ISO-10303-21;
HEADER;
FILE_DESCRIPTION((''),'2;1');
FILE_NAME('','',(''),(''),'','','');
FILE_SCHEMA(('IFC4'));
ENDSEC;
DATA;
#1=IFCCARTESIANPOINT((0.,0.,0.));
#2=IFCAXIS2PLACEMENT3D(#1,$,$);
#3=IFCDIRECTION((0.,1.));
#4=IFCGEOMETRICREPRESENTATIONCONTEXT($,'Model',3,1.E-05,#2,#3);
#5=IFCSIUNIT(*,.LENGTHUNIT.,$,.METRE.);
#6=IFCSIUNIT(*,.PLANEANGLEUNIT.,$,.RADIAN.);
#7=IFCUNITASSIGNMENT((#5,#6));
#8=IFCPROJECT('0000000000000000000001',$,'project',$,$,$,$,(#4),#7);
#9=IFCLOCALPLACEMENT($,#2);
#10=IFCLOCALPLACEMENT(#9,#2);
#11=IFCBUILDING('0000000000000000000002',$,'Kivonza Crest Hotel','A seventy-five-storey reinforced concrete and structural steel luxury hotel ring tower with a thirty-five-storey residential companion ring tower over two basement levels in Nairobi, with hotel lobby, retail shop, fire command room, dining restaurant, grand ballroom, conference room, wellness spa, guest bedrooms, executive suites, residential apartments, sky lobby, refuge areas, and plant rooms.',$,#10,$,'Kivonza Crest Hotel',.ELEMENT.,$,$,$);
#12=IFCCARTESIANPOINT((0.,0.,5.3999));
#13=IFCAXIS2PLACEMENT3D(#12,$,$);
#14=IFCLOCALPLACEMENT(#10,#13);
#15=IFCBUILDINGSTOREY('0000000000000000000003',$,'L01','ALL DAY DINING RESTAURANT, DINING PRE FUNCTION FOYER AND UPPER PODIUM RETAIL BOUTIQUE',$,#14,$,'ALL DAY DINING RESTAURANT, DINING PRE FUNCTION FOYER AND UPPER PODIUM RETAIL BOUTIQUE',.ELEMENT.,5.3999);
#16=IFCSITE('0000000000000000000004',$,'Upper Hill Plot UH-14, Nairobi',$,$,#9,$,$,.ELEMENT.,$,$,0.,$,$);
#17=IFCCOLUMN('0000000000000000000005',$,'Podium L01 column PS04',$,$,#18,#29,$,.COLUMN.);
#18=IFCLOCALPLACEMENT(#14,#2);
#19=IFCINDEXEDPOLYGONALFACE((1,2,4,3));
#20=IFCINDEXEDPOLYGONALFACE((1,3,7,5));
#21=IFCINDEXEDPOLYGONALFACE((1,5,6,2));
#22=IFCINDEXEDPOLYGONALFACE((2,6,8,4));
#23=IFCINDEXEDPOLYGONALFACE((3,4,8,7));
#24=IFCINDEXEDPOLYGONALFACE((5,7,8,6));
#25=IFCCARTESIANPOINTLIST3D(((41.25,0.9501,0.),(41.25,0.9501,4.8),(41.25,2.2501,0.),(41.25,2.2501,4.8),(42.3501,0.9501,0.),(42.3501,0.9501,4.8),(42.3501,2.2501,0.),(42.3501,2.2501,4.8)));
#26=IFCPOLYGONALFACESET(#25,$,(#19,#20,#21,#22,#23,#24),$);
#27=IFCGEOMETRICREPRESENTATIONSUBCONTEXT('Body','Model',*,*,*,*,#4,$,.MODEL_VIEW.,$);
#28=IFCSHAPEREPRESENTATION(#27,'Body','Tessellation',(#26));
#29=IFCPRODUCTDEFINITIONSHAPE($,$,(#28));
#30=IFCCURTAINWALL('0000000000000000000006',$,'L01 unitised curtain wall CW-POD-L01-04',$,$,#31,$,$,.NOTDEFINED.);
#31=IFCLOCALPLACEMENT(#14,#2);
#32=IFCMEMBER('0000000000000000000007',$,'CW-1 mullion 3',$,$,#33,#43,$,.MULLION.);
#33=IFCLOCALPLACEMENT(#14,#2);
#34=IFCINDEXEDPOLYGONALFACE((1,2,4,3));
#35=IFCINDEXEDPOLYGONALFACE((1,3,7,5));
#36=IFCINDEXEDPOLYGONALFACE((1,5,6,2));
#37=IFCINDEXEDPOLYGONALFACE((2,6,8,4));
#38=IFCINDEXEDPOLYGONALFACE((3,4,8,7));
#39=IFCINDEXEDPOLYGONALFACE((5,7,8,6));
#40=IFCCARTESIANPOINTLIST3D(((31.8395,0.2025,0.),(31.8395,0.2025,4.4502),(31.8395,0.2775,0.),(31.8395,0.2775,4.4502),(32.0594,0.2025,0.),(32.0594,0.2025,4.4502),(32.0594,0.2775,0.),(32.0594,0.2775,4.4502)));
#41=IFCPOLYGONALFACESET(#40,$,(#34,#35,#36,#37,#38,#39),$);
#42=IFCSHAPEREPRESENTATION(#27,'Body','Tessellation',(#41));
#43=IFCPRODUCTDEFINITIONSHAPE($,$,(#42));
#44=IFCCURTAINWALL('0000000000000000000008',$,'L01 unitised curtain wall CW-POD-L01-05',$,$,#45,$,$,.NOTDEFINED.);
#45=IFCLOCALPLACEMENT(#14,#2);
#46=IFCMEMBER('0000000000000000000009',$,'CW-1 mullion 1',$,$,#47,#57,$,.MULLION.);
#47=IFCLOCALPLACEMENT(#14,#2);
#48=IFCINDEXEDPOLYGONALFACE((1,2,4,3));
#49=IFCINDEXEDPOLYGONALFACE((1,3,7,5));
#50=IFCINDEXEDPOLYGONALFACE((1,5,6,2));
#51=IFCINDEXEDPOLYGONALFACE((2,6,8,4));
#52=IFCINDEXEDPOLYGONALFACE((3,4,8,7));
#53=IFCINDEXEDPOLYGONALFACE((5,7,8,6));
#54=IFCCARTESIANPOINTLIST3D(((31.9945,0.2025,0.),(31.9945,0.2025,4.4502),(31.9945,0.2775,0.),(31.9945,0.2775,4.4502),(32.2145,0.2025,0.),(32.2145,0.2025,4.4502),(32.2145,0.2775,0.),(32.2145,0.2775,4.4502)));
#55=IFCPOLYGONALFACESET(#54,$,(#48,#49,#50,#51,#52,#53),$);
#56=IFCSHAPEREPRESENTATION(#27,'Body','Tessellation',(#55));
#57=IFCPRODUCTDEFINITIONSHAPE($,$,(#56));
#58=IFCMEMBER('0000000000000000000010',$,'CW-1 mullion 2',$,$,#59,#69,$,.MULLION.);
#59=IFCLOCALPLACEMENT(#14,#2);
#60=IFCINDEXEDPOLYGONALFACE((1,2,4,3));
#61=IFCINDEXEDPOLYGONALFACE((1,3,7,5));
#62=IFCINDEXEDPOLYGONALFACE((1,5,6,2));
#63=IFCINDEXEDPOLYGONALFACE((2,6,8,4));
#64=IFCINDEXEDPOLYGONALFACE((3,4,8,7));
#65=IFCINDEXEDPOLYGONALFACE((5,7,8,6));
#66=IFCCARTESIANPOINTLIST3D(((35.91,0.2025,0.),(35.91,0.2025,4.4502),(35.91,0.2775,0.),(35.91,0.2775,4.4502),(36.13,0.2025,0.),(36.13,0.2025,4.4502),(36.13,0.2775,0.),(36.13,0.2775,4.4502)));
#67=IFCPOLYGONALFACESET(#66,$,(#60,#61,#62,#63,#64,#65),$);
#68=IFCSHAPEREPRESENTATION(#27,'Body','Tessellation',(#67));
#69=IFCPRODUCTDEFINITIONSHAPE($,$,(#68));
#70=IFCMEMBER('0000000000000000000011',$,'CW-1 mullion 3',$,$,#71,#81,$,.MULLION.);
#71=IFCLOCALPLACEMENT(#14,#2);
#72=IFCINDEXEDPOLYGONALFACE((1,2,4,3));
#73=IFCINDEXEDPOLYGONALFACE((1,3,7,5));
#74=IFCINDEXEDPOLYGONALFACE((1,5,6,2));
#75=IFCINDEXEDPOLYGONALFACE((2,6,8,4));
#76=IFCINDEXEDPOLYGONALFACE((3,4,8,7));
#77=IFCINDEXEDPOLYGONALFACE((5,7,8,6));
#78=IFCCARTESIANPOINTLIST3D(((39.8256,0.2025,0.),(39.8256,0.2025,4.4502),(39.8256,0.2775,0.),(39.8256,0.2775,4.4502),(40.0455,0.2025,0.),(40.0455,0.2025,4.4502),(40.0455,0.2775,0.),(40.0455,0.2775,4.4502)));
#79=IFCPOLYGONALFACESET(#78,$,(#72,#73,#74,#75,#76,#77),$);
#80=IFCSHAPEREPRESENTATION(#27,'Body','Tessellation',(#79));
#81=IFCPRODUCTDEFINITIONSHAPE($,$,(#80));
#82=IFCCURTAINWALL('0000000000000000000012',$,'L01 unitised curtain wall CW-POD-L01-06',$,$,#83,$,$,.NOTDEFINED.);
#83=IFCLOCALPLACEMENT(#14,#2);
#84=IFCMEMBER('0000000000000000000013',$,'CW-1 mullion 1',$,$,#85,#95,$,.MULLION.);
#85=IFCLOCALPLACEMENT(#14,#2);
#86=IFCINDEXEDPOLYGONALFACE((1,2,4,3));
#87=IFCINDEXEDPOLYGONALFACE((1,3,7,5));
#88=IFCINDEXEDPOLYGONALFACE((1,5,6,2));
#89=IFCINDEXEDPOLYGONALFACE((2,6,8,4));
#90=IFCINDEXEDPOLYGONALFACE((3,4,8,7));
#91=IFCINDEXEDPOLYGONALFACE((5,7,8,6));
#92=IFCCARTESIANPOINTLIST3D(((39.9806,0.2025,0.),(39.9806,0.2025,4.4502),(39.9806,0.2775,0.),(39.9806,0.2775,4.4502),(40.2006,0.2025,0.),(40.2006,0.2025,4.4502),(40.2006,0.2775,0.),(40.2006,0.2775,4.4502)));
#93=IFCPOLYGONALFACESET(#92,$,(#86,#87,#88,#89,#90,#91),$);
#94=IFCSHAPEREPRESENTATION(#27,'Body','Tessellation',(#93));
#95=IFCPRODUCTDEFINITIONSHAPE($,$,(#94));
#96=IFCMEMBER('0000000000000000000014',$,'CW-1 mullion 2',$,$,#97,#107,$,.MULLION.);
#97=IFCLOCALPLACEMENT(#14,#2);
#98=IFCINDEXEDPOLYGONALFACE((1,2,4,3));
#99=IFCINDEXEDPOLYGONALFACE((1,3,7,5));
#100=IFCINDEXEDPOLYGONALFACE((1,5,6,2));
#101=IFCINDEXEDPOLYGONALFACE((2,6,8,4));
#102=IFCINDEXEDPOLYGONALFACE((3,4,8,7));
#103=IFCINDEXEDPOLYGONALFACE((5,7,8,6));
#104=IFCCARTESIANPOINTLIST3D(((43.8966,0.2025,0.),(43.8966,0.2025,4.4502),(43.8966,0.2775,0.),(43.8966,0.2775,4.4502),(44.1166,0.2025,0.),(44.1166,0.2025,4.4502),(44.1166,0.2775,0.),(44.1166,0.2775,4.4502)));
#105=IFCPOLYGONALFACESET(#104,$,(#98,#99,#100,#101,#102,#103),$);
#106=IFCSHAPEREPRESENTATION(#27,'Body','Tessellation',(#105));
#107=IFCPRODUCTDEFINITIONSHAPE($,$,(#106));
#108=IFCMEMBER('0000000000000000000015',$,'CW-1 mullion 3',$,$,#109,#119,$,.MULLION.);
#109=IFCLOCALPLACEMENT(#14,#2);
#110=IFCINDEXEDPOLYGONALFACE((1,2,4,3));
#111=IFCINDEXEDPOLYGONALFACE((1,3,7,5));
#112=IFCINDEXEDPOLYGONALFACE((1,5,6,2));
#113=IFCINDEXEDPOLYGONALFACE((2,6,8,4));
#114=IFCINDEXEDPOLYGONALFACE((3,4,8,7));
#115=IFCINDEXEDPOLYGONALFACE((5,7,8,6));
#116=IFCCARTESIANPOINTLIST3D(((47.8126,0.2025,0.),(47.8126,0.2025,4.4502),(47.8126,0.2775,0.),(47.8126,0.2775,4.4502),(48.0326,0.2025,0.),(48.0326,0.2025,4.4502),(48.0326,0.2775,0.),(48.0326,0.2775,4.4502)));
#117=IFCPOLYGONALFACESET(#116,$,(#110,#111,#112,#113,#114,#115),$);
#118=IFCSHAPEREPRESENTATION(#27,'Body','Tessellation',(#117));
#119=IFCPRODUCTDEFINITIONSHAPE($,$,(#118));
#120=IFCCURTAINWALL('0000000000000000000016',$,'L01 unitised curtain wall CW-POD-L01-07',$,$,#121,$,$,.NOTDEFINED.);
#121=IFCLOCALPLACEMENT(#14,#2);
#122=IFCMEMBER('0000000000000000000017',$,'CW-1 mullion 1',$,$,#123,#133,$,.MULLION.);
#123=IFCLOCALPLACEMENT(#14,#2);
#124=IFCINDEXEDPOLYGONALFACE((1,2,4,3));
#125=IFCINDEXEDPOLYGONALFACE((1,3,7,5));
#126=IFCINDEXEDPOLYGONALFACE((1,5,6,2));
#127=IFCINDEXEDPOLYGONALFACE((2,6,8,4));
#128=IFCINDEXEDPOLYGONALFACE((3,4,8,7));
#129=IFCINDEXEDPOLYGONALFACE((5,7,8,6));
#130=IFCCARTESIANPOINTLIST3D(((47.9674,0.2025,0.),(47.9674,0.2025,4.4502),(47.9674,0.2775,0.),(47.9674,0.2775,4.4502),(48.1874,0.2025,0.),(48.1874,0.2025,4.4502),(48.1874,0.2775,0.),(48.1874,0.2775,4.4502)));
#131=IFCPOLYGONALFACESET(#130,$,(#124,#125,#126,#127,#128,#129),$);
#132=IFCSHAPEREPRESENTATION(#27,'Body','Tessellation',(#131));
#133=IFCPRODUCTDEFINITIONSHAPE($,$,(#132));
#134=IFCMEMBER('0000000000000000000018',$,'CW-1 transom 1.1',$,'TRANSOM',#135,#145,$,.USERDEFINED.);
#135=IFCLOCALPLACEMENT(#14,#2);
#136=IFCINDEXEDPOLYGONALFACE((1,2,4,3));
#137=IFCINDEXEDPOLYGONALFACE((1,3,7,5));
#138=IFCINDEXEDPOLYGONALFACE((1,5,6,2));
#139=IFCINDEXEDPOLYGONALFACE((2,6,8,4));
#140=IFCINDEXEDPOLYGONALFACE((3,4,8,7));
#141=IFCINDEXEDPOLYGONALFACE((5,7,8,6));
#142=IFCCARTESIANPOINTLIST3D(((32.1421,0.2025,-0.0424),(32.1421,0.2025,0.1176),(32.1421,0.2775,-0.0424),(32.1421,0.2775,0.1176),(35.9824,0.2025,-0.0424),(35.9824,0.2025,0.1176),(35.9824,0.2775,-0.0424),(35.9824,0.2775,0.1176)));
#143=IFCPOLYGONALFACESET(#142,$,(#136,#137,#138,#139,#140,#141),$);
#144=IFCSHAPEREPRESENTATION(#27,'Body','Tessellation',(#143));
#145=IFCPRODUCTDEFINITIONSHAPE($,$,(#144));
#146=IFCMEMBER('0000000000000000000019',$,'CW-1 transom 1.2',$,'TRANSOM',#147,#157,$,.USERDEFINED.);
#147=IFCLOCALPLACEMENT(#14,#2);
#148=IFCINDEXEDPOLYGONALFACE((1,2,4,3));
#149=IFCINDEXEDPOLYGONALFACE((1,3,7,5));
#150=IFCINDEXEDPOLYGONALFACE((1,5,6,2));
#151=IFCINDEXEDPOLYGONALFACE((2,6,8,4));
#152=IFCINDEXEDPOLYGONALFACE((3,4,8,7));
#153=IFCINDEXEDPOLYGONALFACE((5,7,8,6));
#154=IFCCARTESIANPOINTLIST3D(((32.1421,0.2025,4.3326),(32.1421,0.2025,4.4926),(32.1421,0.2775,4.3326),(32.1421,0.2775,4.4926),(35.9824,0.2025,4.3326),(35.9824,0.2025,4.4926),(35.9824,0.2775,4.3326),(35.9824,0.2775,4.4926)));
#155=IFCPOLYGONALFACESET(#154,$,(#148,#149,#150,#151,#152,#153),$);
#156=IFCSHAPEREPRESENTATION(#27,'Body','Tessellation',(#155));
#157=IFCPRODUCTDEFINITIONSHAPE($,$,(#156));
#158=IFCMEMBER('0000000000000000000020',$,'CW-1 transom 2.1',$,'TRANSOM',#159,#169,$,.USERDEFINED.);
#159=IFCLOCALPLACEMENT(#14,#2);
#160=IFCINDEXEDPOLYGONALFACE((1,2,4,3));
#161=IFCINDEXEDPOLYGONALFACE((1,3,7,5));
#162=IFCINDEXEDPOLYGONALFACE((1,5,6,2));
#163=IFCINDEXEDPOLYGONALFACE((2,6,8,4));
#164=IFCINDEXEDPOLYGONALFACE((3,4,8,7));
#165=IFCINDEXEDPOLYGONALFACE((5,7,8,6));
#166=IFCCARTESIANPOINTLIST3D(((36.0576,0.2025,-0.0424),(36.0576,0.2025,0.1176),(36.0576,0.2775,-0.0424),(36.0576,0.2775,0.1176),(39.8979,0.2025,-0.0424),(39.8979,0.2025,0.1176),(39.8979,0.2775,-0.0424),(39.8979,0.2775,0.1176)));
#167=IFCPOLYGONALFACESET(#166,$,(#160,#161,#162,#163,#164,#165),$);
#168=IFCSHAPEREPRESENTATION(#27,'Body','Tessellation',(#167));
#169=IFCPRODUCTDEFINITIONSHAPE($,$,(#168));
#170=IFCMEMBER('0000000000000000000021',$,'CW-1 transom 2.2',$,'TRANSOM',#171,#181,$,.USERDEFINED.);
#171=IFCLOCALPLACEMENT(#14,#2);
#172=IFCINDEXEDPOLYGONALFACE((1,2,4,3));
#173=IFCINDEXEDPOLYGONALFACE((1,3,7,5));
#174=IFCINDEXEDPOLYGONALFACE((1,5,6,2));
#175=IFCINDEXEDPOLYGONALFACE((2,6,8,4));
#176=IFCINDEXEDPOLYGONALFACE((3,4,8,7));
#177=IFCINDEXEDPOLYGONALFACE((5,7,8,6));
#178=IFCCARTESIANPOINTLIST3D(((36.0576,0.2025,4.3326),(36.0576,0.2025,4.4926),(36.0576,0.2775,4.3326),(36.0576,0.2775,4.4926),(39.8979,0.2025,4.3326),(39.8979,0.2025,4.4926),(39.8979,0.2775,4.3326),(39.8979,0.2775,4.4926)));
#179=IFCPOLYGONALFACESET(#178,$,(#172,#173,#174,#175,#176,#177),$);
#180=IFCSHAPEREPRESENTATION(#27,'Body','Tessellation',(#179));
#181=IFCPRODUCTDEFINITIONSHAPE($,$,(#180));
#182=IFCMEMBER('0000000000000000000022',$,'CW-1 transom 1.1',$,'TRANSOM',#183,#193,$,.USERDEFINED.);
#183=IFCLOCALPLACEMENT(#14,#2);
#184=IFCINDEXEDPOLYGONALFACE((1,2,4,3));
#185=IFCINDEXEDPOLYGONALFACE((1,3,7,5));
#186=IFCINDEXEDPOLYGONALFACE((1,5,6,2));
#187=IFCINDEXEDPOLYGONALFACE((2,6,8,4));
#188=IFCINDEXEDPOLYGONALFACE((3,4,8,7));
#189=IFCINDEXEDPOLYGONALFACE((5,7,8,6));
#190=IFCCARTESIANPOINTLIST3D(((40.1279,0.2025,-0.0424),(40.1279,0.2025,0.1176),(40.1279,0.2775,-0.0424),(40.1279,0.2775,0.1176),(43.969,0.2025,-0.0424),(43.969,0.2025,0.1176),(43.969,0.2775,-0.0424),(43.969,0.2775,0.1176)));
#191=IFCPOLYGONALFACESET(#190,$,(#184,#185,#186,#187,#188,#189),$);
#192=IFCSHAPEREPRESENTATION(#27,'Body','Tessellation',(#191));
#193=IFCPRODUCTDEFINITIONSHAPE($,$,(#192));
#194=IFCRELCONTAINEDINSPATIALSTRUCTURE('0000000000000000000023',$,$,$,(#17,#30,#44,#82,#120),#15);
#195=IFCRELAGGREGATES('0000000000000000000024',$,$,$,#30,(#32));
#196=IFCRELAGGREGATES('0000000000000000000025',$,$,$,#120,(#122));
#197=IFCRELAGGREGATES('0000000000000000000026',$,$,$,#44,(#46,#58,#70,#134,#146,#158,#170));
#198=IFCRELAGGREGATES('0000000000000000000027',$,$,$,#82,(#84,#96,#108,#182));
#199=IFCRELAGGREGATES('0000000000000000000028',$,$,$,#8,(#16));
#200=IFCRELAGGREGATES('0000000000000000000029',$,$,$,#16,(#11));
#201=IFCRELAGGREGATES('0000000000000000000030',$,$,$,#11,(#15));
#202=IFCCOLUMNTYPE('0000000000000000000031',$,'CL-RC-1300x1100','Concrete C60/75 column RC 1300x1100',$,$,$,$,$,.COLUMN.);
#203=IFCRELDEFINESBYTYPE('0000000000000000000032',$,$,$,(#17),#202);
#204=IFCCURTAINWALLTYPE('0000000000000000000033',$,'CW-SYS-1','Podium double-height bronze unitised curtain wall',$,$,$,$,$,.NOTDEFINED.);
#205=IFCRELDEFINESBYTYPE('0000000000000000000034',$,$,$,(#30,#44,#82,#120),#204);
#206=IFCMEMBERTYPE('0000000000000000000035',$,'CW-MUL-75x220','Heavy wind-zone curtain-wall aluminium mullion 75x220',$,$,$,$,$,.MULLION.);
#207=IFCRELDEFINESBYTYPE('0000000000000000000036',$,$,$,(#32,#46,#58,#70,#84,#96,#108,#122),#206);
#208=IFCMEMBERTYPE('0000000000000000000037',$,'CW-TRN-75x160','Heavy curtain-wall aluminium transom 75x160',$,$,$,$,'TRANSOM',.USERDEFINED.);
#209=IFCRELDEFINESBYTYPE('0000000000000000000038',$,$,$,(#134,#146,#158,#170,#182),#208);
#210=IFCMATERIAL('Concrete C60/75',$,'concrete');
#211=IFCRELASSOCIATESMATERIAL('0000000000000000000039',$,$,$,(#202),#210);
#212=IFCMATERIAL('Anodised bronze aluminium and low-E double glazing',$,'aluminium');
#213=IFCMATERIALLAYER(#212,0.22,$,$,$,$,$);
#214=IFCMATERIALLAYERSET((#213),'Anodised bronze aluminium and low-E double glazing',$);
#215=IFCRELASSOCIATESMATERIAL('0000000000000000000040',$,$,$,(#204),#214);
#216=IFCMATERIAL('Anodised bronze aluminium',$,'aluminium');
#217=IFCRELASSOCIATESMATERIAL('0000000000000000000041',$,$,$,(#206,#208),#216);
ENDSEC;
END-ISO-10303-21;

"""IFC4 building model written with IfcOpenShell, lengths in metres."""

from ifc_helpers import new_model, si_unit, direction, frame, origin, origin_2d, place, context, subcontext, project, spatial, rectangle, extrude, material, layer, layer_set, material_profile, profile_set, type_object, element, aggregate, save


model = new_model("IFC4")

# Units and contexts
model_context = context("Model", 3, precision=1e-05, world=origin(), true_north=direction((0.0, 1.0)))
body_context = subcontext(model_context, "Body", "Model", "MODEL_VIEW")
ifc_project = project(units=[si_unit("LENGTHUNIT", "METRE"), si_unit("PLANEANGLEUNIT", "RADIAN")], contexts=[model_context])

# Site, building, storey
site_placement = place(None, origin())
site = spatial("IfcSite", under=ifc_project, at=site_placement, Name="Upper Hill Plot UH-14, Nairobi", CompositionType="ELEMENT", RefElevation=0.0)
building_placement = place(site_placement, origin())
building = spatial("IfcBuilding", under=site, at=building_placement, Name="Kivonza Crest Hotel", Description="A seventy-five-storey reinforced concrete and structural steel luxury hotel ring tower with a thirty-five-storey residential companion ring tower over two basement levels in Nairobi, with hotel lobby, retail shop, fire command room, dining restaurant, grand ballroom, conference room, wellness spa, guest bedrooms, executive suites, residential apartments, sky lobby, refuge areas, and plant rooms.", LongName="Kivonza Crest Hotel", CompositionType="ELEMENT")
storey_placement = place(building_placement, frame((0.0, 0.0, 5.3999)))
storey = spatial("IfcBuildingStorey", under=building, at=storey_placement, Name="L01", Description="ALL DAY DINING RESTAURANT, DINING PRE FUNCTION FOYER AND UPPER PODIUM RETAIL BOUTIQUE", LongName="ALL DAY DINING RESTAURANT, DINING PRE FUNCTION FOYER AND UPPER PODIUM RETAIL BOUTIQUE", CompositionType="ELEMENT", Elevation=5.3999)

# Column
ifc_material_1 = material(Name="Concrete C60/75", Category="concrete")
ifc_material_profile_1 = material_profile(ifc_material_1, rectangle(XDim=1.1001, YDim=1.3, at=origin_2d()), Name="RC 1300x1100")
ifc_profile_set_1 = profile_set([ifc_material_profile_1], Name="Concrete C60/75")
column_type = type_object("IfcColumnType", Name="CL-RC-1300x1100", Description="Concrete C60/75 column RC 1300x1100", PredefinedType="COLUMN", material=ifc_profile_set_1)
column_placement = place(storey_placement, frame((41.8, 1.6001, 0.0), z_axis=(0.0, 0.0, 1.0), x_axis=(1.0, 0.0, 0.0)))
element("IfcColumn", 1, at=column_placement, inside=storey, type_object=column_type, Name="Podium L01 column PS04", PredefinedType="COLUMN", context=body_context, shape_type="SweptSolid", body=[
    extrude(rectangle(XDim=1.1001, YDim=1.3, at=origin_2d()), origin(), (0.0, 0.0, 1.0), 4.8),
])

# Curtain wall, member
ifc_material_2 = material(Name="Anodised bronze aluminium and low-E double glazing", Category="aluminium")
ifc_layer_1 = layer(ifc_material_2, 0.22)
ifc_layer_set_1 = layer_set([ifc_layer_1], Name="Anodised bronze aluminium and low-E double glazing")
curtain_wall_type = type_object("IfcCurtainWallType", Name="CW-SYS-1", Description="Podium double-height bronze unitised curtain wall", PredefinedType="NOTDEFINED", material=ifc_layer_set_1)
curtain_wall_1_placement = place(storey_placement, origin())
curtain_wall_1 = element("IfcCurtainWall", 2, at=curtain_wall_1_placement, inside=storey, type_object=curtain_wall_type, Name="L01 unitised curtain wall CW-POD-L01-04", PredefinedType="NOTDEFINED")
ifc_material_3 = material(Name="Anodised bronze aluminium", Category="aluminium")
ifc_material_profile_2 = material_profile(ifc_material_3, rectangle(XDim=0.075, YDim=0.22, at=origin_2d()), Name="CW-M 75x220")
ifc_profile_set_2 = profile_set([ifc_material_profile_2], Name="Anodised bronze aluminium")
member_type_1 = type_object("IfcMemberType", Name="CW-MUL-75x220", Description="Heavy wind-zone curtain-wall aluminium mullion 75x220", PredefinedType="MULLION", material=ifc_profile_set_2)
member_1_placement = place(storey_placement, frame((31.9495, 0.24, 0.0), z_axis=(0.0, 0.0, 1.0), x_axis=(0.0, 1.0, 0.0)))
member_1 = element("IfcMember", 3, at=member_1_placement, type_object=member_type_1, Name="CW-1 mullion 3", PredefinedType="MULLION", context=body_context, shape_type="SweptSolid", body=[
    extrude(rectangle(XDim=0.075, YDim=0.22, at=origin_2d()), origin(), (0.0, 0.0, 1.0), 4.4502),
])
aggregate(curtain_wall_1, [member_1])

# Curtain walls, members
curtain_wall_2_placement = place(storey_placement, origin())
curtain_wall_2 = element("IfcCurtainWall", 4, at=curtain_wall_2_placement, inside=storey, type_object=curtain_wall_type, Name="L01 unitised curtain wall CW-POD-L01-05", PredefinedType="NOTDEFINED")
member_2_placement = place(storey_placement, frame((32.1045, 0.24, 0.0), z_axis=(0.0, 0.0, 1.0), x_axis=(0.0, 1.0, 0.0)))
member_2 = element("IfcMember", 5, at=member_2_placement, type_object=member_type_1, Name="CW-1 mullion 1", PredefinedType="MULLION", context=body_context, shape_type="SweptSolid", body=[
    extrude(rectangle(XDim=0.075, YDim=0.22, at=origin_2d()), origin(), (0.0, 0.0, 1.0), 4.4502),
])
member_3_placement = place(storey_placement, frame((36.02, 0.24, 0.0), z_axis=(0.0, 0.0, 1.0), x_axis=(0.0, 1.0, 0.0)))
member_3 = element("IfcMember", 6, at=member_3_placement, type_object=member_type_1, Name="CW-1 mullion 2", PredefinedType="MULLION", context=body_context, shape_type="SweptSolid", body=[
    extrude(rectangle(XDim=0.075, YDim=0.22, at=origin_2d()), origin(), (0.0, 0.0, 1.0), 4.4502),
])
member_4_placement = place(storey_placement, frame((39.9355, 0.24, 0.0), z_axis=(0.0, 0.0, 1.0), x_axis=(0.0, 1.0, 0.0)))
member_4 = element("IfcMember", 7, at=member_4_placement, type_object=member_type_1, Name="CW-1 mullion 3", PredefinedType="MULLION", context=body_context, shape_type="SweptSolid", body=[
    extrude(rectangle(XDim=0.075, YDim=0.22, at=origin_2d()), origin(), (0.0, 0.0, 1.0), 4.4502),
])
curtain_wall_3_placement = place(storey_placement, origin())
curtain_wall_3 = element("IfcCurtainWall", 8, at=curtain_wall_3_placement, inside=storey, type_object=curtain_wall_type, Name="L01 unitised curtain wall CW-POD-L01-06", PredefinedType="NOTDEFINED")
member_5_placement = place(storey_placement, frame((40.0906, 0.24, 0.0), z_axis=(0.0, 0.0, 1.0), x_axis=(0.0, 1.0, 0.0)))
member_5 = element("IfcMember", 9, at=member_5_placement, type_object=member_type_1, Name="CW-1 mullion 1", PredefinedType="MULLION", context=body_context, shape_type="SweptSolid", body=[
    extrude(rectangle(XDim=0.075, YDim=0.22, at=origin_2d()), origin(), (0.0, 0.0, 1.0), 4.4502),
])
member_6_placement = place(storey_placement, frame((44.0066, 0.24, 0.0), z_axis=(0.0, 0.0, 1.0), x_axis=(0.0, 1.0, 0.0)))
member_6 = element("IfcMember", 10, at=member_6_placement, type_object=member_type_1, Name="CW-1 mullion 2", PredefinedType="MULLION", context=body_context, shape_type="SweptSolid", body=[
    extrude(rectangle(XDim=0.075, YDim=0.22, at=origin_2d()), origin(), (0.0, 0.0, 1.0), 4.4502),
])
member_7_placement = place(storey_placement, frame((47.9226, 0.24, 0.0), z_axis=(0.0, 0.0, 1.0), x_axis=(0.0, 1.0, 0.0)))
member_7 = element("IfcMember", 11, at=member_7_placement, type_object=member_type_1, Name="CW-1 mullion 3", PredefinedType="MULLION", context=body_context, shape_type="SweptSolid", body=[
    extrude(rectangle(XDim=0.075, YDim=0.22, at=origin_2d()), origin(), (0.0, 0.0, 1.0), 4.4502),
])

# Curtain wall, member
curtain_wall_4_placement = place(storey_placement, origin())
curtain_wall_4 = element("IfcCurtainWall", 12, at=curtain_wall_4_placement, inside=storey, type_object=curtain_wall_type, Name="L01 unitised curtain wall CW-POD-L01-07", PredefinedType="NOTDEFINED")
member_8_placement = place(storey_placement, frame((48.0774, 0.24, 0.0), z_axis=(0.0, 0.0, 1.0), x_axis=(0.0, 1.0, 0.0)))
member_8 = element("IfcMember", 13, at=member_8_placement, type_object=member_type_1, Name="CW-1 mullion 1", PredefinedType="MULLION", context=body_context, shape_type="SweptSolid", body=[
    extrude(rectangle(XDim=0.075, YDim=0.22, at=origin_2d()), origin(), (0.0, 0.0, 1.0), 4.4502),
])
aggregate(curtain_wall_4, [member_8])

# Members
ifc_material_profile_3 = material_profile(ifc_material_3, rectangle(XDim=0.075, YDim=0.1599, at=origin_2d()), Name="CW-T 75x160")
ifc_profile_set_3 = profile_set([ifc_material_profile_3], Name="Anodised bronze aluminium")
member_type_2 = type_object("IfcMemberType", Name="CW-TRN-75x160", Description="Heavy curtain-wall aluminium transom 75x160", ElementType="TRANSOM", PredefinedType="USERDEFINED", material=ifc_profile_set_3)
member_9_placement = place(storey_placement, frame((32.1421, 0.24, 0.0376), z_axis=(1.0, 0.0, 0.0), x_axis=(0.0, 1.0, 0.0)))
member_9 = element("IfcMember", 14, at=member_9_placement, type_object=member_type_2, Name="CW-1 transom 1.1", ObjectType="TRANSOM", PredefinedType="USERDEFINED", context=body_context, shape_type="SweptSolid", body=[
    extrude(rectangle(XDim=0.075, YDim=0.1599, at=origin_2d()), origin(), (0.0, 0.0, 1.0), 3.8403),
])
member_10_placement = place(storey_placement, frame((32.1421, 0.24, 4.4126), z_axis=(1.0, 0.0, 0.0), x_axis=(0.0, 1.0, 0.0)))
member_10 = element("IfcMember", 15, at=member_10_placement, type_object=member_type_2, Name="CW-1 transom 1.2", ObjectType="TRANSOM", PredefinedType="USERDEFINED", context=body_context, shape_type="SweptSolid", body=[
    extrude(rectangle(XDim=0.075, YDim=0.1599, at=origin_2d()), origin(), (0.0, 0.0, 1.0), 3.8403),
])
member_11_placement = place(storey_placement, frame((36.0576, 0.24, 0.0376), z_axis=(1.0, 0.0, 0.0), x_axis=(0.0, 1.0, 0.0)))
member_11 = element("IfcMember", 16, at=member_11_placement, type_object=member_type_2, Name="CW-1 transom 2.1", ObjectType="TRANSOM", PredefinedType="USERDEFINED", context=body_context, shape_type="SweptSolid", body=[
    extrude(rectangle(XDim=0.075, YDim=0.1599, at=origin_2d()), origin(), (0.0, 0.0, 1.0), 3.8403),
])
member_12_placement = place(storey_placement, frame((36.0576, 0.24, 4.4126), z_axis=(1.0, 0.0, 0.0), x_axis=(0.0, 1.0, 0.0)))
member_12 = element("IfcMember", 17, at=member_12_placement, type_object=member_type_2, Name="CW-1 transom 2.2", ObjectType="TRANSOM", PredefinedType="USERDEFINED", context=body_context, shape_type="SweptSolid", body=[
    extrude(rectangle(XDim=0.075, YDim=0.1599, at=origin_2d()), origin(), (0.0, 0.0, 1.0), 3.8403),
])
member_13_placement = place(storey_placement, frame((40.1279, 0.24, 0.0376), z_axis=(1.0, 0.0, 0.0), x_axis=(0.0, 1.0, 0.0)))
member_13 = element("IfcMember", 18, at=member_13_placement, type_object=member_type_2, Name="CW-1 transom 1.1", ObjectType="TRANSOM", PredefinedType="USERDEFINED", context=body_context, shape_type="SweptSolid", body=[
    extrude(rectangle(XDim=0.075, YDim=0.1599, at=origin_2d()), origin(), (0.0, 0.0, 1.0), 3.8411),
])

aggregate(curtain_wall_2, [member_2, member_3, member_4, member_9, member_10, member_11, member_12])
aggregate(curtain_wall_3, [member_5, member_6, member_7, member_13])

save(model, "model.ifc")
